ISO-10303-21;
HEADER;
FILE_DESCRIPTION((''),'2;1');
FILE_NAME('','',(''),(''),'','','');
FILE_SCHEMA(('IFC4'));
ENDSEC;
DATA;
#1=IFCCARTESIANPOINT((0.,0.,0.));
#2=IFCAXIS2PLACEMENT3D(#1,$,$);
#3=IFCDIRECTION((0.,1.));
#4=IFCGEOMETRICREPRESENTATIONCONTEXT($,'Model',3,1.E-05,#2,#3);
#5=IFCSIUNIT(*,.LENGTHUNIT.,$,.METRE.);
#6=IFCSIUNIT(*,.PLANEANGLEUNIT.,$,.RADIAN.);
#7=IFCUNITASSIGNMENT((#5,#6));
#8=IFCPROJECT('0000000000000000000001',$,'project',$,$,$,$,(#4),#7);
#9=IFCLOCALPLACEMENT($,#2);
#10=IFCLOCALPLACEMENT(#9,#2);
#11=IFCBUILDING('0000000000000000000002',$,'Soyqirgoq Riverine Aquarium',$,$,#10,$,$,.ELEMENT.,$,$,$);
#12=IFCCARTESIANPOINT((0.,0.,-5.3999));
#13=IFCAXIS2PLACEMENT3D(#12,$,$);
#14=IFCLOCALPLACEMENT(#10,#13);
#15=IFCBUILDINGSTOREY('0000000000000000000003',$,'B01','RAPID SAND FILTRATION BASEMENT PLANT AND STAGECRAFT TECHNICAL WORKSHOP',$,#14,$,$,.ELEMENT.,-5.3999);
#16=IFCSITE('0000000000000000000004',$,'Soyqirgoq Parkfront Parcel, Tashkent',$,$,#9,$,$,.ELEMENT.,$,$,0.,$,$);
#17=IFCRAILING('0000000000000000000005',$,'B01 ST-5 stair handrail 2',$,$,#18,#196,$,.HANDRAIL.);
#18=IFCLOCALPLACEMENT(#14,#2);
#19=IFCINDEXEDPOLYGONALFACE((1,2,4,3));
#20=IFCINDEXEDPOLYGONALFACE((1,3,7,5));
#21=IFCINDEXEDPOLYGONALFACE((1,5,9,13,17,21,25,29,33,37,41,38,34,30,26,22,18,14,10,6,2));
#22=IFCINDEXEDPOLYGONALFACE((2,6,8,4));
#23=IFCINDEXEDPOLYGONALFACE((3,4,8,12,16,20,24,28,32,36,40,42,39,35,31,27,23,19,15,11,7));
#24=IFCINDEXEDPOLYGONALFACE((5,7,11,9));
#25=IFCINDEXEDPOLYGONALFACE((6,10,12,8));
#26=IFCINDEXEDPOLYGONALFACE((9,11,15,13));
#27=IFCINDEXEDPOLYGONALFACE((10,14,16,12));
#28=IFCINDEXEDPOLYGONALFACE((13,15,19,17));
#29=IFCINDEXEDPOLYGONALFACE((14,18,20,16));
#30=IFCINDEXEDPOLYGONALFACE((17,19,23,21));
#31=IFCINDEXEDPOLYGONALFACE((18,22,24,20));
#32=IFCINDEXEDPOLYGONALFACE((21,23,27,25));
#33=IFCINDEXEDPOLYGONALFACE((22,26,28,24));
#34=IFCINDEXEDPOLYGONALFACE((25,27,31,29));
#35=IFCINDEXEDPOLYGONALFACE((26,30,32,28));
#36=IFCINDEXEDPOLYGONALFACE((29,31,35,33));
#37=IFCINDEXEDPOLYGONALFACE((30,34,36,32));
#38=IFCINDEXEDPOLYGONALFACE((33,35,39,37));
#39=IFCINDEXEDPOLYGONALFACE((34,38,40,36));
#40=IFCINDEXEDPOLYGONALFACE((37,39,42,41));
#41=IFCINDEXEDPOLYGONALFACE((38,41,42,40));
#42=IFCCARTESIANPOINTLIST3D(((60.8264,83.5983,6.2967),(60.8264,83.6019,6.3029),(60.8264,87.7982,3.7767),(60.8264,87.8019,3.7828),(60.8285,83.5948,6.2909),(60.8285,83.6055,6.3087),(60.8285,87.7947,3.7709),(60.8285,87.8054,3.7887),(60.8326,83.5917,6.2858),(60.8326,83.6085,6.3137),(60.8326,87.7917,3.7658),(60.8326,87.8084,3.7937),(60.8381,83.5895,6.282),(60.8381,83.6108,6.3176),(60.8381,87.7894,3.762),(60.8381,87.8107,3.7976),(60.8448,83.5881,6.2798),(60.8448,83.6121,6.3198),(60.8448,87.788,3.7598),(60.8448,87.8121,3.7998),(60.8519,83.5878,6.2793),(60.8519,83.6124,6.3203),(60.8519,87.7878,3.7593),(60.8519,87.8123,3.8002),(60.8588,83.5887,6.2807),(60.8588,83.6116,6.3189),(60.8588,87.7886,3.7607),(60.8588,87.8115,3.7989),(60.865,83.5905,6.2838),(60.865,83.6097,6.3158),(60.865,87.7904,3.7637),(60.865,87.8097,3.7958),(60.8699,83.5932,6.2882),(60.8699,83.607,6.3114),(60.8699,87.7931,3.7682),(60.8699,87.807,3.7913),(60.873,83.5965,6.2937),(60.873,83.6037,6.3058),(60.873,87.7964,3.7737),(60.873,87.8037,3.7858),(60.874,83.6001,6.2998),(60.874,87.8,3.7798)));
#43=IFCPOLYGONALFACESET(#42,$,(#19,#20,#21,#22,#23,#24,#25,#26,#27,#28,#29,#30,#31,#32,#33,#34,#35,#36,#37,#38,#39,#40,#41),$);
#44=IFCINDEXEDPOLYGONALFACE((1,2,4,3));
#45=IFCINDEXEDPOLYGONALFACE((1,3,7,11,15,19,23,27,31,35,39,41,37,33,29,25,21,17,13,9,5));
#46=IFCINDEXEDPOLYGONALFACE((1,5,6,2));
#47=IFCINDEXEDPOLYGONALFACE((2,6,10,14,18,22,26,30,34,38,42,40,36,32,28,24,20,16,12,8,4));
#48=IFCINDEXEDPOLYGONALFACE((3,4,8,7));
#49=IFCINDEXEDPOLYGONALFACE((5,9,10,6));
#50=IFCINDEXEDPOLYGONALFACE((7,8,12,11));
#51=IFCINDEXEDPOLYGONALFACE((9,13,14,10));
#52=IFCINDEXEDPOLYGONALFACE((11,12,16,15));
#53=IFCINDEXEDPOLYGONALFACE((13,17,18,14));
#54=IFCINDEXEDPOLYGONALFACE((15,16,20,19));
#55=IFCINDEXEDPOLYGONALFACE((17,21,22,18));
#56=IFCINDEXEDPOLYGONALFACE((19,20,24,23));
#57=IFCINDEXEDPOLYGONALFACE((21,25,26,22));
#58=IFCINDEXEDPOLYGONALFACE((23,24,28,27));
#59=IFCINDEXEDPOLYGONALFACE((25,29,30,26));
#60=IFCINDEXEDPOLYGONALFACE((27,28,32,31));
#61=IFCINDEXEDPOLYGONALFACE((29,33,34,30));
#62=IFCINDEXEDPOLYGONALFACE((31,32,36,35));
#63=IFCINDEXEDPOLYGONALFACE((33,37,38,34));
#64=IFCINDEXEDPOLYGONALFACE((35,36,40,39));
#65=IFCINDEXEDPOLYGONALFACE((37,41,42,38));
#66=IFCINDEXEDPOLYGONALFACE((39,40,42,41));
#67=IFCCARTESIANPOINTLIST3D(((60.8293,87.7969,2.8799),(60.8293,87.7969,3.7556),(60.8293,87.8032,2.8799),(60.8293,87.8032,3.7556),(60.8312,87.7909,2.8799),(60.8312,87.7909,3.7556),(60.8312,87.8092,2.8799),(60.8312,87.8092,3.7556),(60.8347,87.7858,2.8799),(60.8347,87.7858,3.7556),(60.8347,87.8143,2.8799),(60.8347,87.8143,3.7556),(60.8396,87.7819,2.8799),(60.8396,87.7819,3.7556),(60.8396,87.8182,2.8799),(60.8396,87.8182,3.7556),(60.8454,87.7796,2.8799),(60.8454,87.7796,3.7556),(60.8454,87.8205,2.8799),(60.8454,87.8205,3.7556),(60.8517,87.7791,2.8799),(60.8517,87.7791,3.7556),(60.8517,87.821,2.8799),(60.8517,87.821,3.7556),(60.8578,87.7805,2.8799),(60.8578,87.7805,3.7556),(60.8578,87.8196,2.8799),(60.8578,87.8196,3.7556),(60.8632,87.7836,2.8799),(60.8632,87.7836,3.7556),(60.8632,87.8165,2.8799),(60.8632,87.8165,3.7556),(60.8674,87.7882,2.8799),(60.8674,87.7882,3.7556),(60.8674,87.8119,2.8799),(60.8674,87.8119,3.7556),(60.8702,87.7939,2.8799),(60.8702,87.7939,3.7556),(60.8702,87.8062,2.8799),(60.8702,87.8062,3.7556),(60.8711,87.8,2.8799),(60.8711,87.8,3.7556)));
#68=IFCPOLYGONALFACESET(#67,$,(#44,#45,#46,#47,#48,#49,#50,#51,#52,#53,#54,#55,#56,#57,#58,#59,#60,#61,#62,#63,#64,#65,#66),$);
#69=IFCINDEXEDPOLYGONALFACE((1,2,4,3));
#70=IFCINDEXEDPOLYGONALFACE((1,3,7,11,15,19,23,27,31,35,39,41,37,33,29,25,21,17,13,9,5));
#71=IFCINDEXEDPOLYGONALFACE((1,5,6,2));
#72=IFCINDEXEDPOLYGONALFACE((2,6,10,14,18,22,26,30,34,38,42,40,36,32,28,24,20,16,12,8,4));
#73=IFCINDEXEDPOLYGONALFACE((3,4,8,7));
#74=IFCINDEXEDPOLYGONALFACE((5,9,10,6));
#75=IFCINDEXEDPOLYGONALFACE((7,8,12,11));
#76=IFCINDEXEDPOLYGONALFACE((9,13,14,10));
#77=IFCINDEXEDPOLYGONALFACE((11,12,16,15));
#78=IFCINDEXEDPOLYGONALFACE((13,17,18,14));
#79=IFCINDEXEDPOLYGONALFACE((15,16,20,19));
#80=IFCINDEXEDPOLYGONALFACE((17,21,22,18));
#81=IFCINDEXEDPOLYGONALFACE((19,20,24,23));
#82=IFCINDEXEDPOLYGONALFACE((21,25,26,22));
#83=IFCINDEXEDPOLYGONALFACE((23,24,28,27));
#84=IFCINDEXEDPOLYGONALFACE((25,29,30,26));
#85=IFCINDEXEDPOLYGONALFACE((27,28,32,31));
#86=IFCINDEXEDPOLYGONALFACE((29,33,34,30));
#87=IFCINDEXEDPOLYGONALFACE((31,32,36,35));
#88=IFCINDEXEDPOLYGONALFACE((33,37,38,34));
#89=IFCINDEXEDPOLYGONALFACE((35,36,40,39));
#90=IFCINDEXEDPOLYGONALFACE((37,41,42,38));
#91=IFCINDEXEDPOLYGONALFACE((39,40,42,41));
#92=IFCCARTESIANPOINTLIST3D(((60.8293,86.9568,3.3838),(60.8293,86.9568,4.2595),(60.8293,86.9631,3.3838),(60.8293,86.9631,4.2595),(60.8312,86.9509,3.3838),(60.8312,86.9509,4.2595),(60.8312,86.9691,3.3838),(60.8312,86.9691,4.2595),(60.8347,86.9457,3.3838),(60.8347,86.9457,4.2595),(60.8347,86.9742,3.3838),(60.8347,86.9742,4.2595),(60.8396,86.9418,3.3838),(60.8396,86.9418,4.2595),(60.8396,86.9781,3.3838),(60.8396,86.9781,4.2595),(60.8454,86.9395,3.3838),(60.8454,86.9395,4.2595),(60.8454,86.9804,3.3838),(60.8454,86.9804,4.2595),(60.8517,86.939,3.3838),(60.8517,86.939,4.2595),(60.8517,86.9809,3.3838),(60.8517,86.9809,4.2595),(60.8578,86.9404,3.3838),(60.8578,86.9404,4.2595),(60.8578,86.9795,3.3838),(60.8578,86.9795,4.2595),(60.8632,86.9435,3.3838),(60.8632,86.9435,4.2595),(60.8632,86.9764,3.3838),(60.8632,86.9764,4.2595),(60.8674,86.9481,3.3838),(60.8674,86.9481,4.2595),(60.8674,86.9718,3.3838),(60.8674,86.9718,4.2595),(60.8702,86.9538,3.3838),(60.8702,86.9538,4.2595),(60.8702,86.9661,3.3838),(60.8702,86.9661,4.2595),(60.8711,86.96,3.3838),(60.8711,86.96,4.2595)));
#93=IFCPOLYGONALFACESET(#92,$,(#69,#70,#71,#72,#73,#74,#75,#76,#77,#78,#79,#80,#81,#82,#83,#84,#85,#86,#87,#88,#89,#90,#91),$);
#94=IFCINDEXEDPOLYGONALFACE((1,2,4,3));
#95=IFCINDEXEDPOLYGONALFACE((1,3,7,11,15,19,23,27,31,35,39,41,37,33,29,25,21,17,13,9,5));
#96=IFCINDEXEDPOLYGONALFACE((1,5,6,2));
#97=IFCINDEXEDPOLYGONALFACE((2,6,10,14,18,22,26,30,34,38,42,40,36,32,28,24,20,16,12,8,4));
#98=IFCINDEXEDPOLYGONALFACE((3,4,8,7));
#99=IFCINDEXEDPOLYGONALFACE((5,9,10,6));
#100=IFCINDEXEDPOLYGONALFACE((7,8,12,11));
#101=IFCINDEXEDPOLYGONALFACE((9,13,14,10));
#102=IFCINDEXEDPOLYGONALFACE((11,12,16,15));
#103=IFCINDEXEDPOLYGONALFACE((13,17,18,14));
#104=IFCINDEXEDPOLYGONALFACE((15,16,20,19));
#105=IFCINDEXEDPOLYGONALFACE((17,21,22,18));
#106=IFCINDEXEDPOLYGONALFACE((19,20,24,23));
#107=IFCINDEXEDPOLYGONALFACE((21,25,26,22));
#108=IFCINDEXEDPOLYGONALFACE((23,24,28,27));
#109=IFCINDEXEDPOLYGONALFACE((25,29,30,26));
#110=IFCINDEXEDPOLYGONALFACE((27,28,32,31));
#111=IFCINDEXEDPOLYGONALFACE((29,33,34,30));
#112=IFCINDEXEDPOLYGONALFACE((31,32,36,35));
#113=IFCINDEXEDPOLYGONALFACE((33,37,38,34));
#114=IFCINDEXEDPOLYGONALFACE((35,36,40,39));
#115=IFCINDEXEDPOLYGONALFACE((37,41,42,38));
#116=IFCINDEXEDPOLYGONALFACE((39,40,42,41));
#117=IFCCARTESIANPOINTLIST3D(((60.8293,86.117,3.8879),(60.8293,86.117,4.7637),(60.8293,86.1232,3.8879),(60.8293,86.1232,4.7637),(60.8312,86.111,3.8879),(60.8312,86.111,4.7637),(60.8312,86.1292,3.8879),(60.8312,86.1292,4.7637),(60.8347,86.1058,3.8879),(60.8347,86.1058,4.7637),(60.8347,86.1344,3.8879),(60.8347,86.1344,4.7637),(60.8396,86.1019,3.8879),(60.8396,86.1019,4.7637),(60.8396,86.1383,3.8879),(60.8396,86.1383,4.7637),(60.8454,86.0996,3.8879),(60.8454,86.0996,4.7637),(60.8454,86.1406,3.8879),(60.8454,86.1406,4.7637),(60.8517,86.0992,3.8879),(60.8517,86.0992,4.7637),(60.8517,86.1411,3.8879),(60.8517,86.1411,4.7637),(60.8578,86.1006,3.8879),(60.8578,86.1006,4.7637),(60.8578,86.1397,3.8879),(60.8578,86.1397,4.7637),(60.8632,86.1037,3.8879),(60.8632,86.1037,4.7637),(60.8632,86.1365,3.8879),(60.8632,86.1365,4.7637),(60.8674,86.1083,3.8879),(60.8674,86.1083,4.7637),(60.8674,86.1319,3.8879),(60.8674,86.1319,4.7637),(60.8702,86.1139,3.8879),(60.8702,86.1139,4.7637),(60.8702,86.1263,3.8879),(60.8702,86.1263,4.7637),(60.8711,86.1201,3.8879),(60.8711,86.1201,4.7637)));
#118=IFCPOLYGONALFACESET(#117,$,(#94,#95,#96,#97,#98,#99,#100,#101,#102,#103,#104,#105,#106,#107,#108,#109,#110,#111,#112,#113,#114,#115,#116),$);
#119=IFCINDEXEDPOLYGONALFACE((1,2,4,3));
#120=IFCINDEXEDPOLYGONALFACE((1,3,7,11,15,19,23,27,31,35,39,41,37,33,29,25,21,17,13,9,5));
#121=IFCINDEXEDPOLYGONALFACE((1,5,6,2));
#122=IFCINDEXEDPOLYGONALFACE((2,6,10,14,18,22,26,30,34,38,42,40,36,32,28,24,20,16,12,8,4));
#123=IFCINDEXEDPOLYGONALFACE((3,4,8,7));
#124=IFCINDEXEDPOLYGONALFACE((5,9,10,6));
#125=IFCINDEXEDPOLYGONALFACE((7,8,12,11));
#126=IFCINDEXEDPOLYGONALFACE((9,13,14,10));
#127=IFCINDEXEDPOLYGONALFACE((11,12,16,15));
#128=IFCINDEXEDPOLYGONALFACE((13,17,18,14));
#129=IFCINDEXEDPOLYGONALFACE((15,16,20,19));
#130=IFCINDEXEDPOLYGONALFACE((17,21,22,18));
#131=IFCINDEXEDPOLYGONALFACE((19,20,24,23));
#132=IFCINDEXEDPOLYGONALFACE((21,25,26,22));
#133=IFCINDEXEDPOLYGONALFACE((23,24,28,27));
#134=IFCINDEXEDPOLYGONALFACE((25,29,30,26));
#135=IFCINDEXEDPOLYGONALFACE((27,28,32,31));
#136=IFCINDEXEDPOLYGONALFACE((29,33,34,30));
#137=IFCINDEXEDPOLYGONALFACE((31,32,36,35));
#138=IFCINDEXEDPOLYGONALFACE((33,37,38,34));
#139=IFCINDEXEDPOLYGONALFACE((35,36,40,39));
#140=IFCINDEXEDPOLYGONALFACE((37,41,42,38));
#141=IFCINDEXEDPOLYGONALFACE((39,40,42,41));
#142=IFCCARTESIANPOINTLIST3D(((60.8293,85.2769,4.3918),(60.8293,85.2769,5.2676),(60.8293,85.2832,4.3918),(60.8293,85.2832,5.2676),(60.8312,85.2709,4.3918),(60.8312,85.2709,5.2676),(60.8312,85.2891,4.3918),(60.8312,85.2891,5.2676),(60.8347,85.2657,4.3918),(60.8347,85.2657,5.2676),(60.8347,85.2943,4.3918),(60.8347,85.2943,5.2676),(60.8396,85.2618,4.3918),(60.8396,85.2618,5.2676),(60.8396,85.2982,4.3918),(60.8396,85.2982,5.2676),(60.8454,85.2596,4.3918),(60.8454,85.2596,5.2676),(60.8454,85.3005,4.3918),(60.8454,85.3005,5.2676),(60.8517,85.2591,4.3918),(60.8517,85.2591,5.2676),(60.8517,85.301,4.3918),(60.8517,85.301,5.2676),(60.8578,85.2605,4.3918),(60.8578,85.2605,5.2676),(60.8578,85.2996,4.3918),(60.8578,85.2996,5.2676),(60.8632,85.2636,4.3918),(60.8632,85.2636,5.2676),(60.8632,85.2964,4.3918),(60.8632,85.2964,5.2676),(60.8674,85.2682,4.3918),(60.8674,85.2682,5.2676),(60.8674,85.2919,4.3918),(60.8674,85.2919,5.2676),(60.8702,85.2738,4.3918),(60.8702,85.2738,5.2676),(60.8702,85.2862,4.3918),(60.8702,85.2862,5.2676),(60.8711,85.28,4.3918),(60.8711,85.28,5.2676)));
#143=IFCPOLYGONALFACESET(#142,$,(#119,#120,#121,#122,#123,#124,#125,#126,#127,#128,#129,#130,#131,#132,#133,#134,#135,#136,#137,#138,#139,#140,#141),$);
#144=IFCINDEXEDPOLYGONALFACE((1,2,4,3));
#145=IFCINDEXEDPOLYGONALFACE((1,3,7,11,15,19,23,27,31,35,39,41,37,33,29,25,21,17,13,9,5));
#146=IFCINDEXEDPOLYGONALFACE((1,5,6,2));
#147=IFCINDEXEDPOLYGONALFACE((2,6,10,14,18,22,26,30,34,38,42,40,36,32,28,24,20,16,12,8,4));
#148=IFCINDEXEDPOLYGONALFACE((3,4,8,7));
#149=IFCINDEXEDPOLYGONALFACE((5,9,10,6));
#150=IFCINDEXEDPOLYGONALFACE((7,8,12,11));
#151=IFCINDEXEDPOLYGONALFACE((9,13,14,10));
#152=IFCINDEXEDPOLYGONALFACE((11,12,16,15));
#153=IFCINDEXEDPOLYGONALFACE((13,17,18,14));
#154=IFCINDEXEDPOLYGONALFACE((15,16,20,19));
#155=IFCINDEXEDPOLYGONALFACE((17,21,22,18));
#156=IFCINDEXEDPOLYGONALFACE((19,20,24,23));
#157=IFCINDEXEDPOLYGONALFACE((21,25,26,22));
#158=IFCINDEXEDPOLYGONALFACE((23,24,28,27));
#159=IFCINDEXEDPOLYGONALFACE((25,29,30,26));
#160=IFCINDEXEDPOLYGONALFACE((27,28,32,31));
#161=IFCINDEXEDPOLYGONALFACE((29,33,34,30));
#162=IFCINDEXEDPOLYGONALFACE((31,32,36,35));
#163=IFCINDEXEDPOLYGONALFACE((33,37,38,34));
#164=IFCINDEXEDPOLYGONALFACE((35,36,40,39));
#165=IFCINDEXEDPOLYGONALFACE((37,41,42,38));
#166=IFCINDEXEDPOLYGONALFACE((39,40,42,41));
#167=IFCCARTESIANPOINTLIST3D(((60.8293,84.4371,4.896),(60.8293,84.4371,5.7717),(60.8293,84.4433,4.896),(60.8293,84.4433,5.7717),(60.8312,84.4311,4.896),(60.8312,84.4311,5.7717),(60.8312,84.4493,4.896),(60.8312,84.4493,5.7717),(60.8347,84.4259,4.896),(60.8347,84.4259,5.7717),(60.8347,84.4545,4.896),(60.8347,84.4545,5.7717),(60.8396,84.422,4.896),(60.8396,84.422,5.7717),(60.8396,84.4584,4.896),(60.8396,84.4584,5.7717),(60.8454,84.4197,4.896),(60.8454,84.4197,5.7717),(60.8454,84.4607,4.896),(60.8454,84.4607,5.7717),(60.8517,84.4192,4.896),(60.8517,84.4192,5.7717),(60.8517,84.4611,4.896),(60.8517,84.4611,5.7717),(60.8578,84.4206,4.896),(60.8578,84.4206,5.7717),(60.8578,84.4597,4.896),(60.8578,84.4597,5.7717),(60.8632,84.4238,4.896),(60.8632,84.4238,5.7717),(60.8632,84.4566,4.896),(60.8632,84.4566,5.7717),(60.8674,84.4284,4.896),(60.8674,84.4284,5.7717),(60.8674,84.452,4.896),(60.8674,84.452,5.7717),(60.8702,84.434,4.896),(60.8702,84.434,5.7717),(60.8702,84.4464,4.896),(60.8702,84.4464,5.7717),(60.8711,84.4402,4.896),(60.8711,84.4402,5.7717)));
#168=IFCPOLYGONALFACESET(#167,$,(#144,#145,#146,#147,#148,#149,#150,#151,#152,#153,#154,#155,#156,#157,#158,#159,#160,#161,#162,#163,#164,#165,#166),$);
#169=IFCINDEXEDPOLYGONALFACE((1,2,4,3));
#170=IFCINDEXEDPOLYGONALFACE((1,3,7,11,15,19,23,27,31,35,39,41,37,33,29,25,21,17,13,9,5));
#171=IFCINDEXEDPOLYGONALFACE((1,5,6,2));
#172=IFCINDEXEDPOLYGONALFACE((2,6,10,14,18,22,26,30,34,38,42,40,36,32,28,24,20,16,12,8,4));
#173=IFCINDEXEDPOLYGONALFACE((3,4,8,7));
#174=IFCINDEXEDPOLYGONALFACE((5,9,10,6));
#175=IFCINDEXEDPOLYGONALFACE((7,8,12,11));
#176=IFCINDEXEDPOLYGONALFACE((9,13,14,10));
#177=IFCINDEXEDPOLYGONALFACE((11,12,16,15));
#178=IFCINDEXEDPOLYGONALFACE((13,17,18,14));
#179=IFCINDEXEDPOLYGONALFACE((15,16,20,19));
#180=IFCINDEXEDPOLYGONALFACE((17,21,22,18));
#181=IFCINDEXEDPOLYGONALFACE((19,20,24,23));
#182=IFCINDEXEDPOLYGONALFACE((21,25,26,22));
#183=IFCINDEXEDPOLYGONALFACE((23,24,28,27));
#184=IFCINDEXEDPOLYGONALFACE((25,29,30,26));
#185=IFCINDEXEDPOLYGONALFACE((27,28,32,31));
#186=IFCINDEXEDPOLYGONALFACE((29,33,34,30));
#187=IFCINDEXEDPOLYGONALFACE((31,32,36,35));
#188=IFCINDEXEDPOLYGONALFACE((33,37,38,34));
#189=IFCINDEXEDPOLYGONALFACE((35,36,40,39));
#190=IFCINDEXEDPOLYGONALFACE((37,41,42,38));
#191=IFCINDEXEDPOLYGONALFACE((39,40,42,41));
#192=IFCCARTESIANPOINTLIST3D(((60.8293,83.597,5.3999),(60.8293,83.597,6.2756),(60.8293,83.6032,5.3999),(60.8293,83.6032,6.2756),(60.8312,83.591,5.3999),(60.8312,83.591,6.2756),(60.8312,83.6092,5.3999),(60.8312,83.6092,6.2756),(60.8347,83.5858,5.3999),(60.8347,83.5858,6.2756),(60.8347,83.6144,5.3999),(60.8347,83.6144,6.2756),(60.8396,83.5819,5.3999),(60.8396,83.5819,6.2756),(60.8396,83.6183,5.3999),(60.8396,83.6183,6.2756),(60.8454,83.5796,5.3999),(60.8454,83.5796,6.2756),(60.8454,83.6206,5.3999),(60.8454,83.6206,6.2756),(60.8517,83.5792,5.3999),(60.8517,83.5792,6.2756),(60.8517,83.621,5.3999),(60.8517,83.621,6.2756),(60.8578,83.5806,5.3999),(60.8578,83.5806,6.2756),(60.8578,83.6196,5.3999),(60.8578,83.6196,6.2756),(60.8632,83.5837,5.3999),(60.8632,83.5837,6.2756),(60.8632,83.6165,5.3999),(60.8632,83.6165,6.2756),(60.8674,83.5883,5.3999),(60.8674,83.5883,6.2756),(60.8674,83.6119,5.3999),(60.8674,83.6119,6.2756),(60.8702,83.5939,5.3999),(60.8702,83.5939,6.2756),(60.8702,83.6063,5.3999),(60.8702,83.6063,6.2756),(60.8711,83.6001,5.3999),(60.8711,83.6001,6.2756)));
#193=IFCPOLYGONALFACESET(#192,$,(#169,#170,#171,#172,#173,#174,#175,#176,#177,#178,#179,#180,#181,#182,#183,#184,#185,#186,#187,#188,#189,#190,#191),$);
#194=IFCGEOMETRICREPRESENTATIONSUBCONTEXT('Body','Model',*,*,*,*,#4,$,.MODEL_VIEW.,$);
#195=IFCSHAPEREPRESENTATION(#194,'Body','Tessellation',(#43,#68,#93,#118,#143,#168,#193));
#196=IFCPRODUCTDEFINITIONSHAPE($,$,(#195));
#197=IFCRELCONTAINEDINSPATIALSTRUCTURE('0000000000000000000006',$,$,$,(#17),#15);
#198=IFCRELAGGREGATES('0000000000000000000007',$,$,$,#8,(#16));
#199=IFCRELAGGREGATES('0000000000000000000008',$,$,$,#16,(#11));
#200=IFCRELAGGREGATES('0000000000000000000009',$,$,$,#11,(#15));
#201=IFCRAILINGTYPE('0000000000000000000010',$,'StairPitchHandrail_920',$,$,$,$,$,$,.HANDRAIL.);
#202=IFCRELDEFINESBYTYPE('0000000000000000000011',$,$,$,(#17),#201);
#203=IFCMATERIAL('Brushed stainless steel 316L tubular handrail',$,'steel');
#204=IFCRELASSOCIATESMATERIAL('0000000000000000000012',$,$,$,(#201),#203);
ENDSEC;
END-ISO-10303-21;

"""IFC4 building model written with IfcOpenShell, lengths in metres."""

from ifc_helpers import new_model, si_unit, direction, frame, origin, origin_2d, place, context, subcontext, project, spatial, circle, extrude, material, type_object, element, save


model = new_model("IFC4")

# Units and contexts
model_context = context("Model", 3, precision=1e-05, world=origin(), true_north=direction((0.0, 1.0)))
body_context = subcontext(model_context, "Body", "Model", "MODEL_VIEW")
ifc_project = project(units=[si_unit("LENGTHUNIT", "METRE"), si_unit("PLANEANGLEUNIT", "RADIAN")], contexts=[model_context])

# Site, building, storey
site_placement = place(None, origin())
site = spatial("IfcSite", under=ifc_project, at=site_placement, Name="Soyqirgoq Parkfront Parcel, Tashkent", CompositionType="ELEMENT", RefElevation=0.0)
building_placement = place(site_placement, origin())
building = spatial("IfcBuilding", under=site, at=building_placement, Name="Soyqirgoq Riverine Aquarium", CompositionType="ELEMENT")
storey_placement = place(building_placement, frame((0.0, 0.0, -5.3999)))
storey = spatial("IfcBuildingStorey", under=building, at=storey_placement, Name="B01", Description="RAPID SAND FILTRATION BASEMENT PLANT AND STAGECRAFT TECHNICAL WORKSHOP", CompositionType="ELEMENT", Elevation=-5.3999)

# Railing
ifc_material_1 = material(Name="Brushed stainless steel 316L tubular handrail", Category="steel")
railing_type_1 = type_object("IfcRailingType", Name="StairPitchHandrail_920", PredefinedType="HANDRAIL", material=ifc_material_1)
railing_1_placement = place(storey_placement, frame((60.8501, 87.8, 2.8799)))
element("IfcRailing", 1, at=railing_1_placement, inside=storey, type_object=railing_type_1, Name="B01 ST-5 stair handrail 2", PredefinedType="HANDRAIL", context=body_context, shape_type="SweptSolid", body=[
    extrude(circle(Radius=0.0239, at=origin_2d()), frame((0.0, 0.0, 0.8999), z_axis=(0.0, -0.857489, 0.514503), x_axis=(1.0, 0.0, 0.0)), (0.0, 0.0, 1.0), 4.8979),
    extrude(circle(Radius=0.021, at=origin_2d()), origin(), (0.0, 0.0, 1.0), 0.8757),
    extrude(circle(Radius=0.021, at=origin_2d()), frame((0.0, -0.8401, 0.5039)), (0.0, 0.0, 1.0), 0.8757),
    extrude(circle(Radius=0.021, at=origin_2d()), frame((0.0, -1.6799, 1.0081)), (0.0, 0.0, 1.0), 0.8757),
    extrude(circle(Radius=0.021, at=origin_2d()), frame((0.0, -2.52, 1.512)), (0.0, 0.0, 1.0), 0.8757),
    extrude(circle(Radius=0.021, at=origin_2d()), frame((0.0, -3.3599, 2.0161)), (0.0, 0.0, 1.0), 0.8757),
    extrude(circle(Radius=0.021, at=origin_2d()), frame((0.0, -4.2, 2.52)), (0.0, 0.0, 1.0), 0.8757),
])

save(model, "model.ifc")
